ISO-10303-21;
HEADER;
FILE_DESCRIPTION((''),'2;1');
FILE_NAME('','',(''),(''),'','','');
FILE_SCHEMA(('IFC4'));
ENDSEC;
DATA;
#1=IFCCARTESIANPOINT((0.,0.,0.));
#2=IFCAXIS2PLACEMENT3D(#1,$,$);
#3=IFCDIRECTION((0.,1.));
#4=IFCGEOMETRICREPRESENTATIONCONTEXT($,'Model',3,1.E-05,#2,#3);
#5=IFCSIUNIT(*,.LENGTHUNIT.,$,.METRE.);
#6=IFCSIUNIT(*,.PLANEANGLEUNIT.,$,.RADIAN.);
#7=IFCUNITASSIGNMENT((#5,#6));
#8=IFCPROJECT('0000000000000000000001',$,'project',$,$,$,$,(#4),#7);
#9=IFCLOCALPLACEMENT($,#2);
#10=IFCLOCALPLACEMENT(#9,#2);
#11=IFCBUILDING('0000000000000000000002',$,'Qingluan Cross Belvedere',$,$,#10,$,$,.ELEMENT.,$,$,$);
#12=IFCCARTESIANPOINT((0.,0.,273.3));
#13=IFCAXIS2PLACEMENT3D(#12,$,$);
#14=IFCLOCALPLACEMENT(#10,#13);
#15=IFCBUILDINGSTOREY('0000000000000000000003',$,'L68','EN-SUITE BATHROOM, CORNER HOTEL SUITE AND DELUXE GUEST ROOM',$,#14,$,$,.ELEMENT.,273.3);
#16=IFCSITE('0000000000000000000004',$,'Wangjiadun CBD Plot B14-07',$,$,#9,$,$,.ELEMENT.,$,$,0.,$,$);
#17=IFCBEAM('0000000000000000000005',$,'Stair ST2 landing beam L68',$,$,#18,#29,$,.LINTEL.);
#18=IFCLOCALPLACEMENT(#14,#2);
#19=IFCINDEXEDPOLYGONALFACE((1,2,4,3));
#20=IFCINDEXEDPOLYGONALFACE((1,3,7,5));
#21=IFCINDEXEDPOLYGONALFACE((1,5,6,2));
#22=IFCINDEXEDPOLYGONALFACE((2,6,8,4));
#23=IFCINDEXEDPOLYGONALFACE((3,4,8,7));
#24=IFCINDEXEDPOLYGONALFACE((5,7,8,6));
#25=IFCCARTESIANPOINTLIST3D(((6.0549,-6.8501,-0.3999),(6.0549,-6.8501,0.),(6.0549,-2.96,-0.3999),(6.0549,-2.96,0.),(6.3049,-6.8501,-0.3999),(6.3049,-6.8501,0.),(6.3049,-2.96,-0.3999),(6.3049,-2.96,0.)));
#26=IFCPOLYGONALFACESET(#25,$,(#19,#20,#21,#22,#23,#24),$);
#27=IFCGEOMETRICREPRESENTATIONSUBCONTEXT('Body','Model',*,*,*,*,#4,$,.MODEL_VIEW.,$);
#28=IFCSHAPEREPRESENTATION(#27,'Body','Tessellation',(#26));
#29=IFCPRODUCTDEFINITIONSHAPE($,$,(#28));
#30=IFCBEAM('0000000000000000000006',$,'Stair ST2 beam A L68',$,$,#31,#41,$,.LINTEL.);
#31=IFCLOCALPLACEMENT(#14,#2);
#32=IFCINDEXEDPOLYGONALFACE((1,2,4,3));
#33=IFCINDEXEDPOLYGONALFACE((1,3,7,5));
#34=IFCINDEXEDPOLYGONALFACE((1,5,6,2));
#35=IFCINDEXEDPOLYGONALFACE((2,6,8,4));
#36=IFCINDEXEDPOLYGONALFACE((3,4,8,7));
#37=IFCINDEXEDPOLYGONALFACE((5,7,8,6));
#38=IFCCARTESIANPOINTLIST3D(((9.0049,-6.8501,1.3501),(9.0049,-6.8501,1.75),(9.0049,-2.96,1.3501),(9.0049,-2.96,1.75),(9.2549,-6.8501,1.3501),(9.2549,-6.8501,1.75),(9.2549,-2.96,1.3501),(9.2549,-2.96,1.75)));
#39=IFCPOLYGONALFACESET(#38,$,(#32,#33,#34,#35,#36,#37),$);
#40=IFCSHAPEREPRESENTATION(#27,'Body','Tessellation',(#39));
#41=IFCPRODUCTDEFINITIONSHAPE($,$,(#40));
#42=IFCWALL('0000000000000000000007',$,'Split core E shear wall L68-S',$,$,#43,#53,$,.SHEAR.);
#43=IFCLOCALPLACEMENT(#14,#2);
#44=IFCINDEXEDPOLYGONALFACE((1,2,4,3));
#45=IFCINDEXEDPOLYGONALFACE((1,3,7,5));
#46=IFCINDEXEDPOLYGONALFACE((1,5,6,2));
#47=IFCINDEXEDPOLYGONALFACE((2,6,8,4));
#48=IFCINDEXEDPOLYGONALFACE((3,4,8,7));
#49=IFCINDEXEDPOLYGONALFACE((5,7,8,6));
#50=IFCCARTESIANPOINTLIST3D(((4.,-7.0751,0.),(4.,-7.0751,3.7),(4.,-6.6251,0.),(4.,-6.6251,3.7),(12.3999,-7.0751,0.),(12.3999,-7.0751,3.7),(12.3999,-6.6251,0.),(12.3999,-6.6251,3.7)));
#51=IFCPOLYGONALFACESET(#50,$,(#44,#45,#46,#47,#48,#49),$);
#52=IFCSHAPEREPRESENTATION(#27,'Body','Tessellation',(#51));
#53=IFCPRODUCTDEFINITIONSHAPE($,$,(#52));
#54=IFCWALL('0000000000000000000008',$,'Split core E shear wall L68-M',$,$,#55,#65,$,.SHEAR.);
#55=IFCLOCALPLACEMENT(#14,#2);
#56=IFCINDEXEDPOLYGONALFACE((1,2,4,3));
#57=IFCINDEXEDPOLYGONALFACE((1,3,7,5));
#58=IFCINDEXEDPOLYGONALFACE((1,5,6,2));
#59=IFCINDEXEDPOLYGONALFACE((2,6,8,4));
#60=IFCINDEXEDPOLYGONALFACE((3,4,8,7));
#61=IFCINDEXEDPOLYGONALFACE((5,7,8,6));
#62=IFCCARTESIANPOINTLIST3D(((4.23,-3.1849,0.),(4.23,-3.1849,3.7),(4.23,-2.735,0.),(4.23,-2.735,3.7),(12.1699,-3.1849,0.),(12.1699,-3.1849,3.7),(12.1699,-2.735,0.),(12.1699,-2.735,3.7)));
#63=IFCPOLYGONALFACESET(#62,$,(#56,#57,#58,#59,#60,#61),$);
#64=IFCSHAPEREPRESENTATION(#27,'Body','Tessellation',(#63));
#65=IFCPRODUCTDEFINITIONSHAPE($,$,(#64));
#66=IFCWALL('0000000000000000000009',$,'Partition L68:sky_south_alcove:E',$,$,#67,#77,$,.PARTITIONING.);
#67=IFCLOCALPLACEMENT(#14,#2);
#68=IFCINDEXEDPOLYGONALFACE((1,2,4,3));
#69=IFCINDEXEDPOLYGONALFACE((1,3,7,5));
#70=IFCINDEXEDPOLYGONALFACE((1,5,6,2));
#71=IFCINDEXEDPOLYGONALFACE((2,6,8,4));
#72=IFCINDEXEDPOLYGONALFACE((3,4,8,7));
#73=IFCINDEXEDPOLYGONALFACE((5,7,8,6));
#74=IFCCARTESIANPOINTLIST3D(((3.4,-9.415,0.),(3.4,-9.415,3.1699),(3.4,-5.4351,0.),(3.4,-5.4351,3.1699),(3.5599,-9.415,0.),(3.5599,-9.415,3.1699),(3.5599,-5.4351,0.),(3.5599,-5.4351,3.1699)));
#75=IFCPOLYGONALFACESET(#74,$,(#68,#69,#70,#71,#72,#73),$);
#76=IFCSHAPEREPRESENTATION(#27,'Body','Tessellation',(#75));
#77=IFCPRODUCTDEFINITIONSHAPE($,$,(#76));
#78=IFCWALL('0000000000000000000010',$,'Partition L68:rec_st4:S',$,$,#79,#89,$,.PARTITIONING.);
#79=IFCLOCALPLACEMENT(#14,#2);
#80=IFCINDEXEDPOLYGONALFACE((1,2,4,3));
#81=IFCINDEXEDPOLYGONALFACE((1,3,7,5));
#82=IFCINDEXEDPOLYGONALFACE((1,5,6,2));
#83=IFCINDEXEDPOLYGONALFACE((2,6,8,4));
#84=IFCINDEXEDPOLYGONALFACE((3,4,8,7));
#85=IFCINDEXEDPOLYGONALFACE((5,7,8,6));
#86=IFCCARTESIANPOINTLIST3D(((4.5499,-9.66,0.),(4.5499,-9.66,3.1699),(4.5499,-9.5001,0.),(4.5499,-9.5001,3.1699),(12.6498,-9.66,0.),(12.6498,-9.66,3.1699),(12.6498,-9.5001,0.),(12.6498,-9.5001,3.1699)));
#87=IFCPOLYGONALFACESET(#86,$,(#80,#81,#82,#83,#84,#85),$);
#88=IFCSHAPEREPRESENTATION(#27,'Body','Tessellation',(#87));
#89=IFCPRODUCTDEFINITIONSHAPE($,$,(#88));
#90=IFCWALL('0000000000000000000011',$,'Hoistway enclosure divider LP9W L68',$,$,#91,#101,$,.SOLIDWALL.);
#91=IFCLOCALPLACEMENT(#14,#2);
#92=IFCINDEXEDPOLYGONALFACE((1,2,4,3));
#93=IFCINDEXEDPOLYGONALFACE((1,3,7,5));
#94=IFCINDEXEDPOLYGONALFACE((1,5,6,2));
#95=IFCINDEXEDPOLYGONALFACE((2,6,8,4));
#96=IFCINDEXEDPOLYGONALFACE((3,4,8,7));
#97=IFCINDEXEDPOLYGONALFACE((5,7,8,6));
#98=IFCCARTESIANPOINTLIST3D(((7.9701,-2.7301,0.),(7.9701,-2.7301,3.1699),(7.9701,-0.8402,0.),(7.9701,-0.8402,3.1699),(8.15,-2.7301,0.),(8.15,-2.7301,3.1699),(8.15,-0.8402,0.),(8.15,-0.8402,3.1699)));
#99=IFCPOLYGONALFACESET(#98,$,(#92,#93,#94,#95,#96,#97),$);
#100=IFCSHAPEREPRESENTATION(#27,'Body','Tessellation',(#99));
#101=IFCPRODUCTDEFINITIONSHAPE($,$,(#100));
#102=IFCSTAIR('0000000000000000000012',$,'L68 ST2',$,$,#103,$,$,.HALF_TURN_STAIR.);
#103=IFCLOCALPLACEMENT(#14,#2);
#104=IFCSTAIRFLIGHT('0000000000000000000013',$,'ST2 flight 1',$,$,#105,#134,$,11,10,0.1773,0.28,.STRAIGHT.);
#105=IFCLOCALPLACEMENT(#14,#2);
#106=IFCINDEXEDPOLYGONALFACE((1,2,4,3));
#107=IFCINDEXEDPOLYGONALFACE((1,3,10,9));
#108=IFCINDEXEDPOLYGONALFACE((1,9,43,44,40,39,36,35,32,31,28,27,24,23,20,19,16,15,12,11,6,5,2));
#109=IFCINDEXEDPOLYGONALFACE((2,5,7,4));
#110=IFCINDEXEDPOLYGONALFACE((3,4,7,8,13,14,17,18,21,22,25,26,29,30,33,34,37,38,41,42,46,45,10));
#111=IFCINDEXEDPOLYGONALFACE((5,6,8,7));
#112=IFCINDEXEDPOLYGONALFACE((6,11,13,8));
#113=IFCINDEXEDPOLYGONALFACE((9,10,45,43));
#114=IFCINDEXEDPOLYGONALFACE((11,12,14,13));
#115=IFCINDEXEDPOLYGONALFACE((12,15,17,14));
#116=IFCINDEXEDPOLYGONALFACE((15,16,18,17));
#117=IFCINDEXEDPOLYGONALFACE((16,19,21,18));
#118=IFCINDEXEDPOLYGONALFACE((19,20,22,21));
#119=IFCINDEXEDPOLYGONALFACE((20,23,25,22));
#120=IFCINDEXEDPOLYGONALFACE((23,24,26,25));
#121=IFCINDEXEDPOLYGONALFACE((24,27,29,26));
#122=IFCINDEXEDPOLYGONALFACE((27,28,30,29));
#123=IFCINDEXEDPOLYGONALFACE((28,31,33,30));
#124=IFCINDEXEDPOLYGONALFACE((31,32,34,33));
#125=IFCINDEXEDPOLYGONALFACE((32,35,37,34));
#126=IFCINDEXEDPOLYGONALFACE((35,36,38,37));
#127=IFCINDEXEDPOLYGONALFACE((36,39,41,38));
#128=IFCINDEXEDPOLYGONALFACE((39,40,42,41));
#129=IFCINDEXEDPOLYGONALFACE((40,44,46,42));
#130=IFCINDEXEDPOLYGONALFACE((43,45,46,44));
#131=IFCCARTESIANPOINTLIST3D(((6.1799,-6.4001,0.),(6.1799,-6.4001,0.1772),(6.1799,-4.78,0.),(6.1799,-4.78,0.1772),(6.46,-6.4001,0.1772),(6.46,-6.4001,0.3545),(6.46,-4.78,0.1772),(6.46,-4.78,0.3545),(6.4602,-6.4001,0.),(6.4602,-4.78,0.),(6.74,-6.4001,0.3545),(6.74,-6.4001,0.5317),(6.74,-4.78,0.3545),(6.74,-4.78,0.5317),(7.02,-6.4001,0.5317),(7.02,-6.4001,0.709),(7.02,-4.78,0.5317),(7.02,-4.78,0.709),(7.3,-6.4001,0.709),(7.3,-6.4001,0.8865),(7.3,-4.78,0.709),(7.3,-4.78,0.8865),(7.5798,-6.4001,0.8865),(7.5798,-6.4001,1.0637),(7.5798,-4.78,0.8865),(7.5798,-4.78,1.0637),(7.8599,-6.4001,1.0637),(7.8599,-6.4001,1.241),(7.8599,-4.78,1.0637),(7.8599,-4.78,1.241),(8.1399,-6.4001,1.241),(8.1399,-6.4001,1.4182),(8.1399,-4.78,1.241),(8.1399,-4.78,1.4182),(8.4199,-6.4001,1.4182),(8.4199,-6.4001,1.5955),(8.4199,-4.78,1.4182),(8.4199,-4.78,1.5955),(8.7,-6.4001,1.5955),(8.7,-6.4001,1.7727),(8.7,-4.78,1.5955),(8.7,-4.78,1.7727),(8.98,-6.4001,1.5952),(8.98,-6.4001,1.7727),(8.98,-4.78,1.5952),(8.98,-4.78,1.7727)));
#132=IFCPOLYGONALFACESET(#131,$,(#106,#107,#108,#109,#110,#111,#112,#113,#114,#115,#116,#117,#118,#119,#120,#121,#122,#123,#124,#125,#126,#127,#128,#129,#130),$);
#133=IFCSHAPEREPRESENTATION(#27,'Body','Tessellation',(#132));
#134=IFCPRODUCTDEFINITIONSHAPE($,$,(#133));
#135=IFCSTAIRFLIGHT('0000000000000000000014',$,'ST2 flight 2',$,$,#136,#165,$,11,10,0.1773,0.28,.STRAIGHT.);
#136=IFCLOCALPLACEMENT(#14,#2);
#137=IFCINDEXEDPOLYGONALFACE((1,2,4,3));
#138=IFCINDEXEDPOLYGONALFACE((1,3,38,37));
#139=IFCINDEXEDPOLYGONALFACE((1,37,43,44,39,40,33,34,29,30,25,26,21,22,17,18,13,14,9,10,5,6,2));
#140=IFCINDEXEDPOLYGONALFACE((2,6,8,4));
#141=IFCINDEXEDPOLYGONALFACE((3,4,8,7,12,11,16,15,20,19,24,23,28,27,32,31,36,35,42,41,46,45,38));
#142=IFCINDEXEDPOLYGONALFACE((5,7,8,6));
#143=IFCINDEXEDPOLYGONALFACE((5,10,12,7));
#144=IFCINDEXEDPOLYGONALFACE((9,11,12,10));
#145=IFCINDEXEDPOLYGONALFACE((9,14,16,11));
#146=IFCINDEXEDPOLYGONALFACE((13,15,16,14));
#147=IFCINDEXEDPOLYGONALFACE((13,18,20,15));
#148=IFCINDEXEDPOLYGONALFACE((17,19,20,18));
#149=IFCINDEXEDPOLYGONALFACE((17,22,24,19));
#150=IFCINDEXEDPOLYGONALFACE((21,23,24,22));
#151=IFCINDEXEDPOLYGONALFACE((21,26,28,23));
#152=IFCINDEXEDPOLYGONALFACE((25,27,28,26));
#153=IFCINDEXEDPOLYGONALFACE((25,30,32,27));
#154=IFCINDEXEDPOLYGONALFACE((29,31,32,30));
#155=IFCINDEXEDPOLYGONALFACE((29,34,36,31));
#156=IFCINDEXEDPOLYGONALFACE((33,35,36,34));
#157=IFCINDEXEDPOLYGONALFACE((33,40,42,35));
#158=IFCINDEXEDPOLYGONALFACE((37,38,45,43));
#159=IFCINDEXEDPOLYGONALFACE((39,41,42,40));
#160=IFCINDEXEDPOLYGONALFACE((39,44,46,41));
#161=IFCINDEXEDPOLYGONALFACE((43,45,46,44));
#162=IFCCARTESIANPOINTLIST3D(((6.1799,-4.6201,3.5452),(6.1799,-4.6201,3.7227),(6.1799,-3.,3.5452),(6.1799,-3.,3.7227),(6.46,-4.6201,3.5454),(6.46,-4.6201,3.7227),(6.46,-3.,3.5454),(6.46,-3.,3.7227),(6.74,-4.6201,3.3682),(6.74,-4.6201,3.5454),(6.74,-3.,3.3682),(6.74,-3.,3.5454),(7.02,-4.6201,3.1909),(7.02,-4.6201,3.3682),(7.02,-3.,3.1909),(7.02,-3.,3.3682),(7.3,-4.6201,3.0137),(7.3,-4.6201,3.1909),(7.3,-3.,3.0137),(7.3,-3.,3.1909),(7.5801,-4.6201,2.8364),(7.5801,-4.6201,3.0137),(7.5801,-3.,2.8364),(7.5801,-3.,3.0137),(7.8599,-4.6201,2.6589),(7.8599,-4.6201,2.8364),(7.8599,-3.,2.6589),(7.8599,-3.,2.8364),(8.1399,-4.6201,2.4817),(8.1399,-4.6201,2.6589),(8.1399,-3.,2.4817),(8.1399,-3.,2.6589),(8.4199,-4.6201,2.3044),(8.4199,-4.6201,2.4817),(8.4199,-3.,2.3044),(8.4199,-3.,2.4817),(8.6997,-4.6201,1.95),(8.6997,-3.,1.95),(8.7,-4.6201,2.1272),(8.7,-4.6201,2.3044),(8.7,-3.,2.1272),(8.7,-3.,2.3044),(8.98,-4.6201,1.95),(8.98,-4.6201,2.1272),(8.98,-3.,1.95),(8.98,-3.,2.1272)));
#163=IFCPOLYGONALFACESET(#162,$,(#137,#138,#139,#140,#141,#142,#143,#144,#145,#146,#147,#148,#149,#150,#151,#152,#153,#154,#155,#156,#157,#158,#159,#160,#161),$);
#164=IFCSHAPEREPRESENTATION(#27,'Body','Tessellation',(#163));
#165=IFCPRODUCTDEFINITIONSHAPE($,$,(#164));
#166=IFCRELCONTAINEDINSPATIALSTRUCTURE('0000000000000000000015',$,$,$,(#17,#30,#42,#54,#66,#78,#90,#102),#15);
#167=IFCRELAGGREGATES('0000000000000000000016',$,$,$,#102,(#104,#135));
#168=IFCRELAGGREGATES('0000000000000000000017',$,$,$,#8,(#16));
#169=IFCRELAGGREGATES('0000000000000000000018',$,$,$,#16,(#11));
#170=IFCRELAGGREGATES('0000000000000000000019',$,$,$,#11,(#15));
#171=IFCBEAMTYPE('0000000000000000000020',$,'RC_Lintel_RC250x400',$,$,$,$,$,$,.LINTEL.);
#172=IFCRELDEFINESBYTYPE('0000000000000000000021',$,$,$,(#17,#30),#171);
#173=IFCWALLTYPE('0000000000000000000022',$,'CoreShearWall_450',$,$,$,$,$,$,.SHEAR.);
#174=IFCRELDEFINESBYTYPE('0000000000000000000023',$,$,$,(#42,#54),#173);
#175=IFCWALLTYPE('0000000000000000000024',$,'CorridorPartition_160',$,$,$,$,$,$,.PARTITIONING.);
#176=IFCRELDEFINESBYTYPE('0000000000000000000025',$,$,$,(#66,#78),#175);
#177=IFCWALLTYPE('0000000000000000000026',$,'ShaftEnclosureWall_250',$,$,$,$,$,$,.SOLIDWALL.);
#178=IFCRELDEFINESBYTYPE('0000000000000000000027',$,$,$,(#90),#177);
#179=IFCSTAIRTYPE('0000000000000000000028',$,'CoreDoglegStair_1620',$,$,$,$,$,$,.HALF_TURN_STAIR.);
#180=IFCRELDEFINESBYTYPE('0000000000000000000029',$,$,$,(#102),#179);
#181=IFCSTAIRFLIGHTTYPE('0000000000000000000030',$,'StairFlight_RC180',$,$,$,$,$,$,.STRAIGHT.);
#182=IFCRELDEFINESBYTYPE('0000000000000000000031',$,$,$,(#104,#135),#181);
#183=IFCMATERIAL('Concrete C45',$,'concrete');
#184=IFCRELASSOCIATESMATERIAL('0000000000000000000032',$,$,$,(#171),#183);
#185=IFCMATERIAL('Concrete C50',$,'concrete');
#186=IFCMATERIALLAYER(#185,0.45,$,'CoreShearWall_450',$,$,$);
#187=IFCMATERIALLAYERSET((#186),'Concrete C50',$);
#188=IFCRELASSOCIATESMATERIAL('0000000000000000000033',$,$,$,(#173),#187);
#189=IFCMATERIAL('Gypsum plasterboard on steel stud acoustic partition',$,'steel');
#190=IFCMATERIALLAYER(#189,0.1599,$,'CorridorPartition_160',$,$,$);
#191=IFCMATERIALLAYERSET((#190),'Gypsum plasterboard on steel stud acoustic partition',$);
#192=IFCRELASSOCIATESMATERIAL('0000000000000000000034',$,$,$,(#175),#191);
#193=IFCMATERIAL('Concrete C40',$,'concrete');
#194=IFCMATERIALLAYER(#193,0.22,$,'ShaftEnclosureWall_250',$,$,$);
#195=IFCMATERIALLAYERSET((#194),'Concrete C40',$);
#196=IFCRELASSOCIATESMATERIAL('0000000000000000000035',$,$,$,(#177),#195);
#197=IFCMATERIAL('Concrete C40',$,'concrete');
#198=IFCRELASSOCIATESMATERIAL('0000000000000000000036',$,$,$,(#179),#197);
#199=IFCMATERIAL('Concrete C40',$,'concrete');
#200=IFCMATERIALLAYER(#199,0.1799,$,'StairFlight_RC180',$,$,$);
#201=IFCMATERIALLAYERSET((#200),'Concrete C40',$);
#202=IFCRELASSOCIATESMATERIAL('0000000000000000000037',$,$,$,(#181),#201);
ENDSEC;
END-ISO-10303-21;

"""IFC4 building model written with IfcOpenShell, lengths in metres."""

from ifc_helpers import new_model, si_unit, direction, frame, frame_2d, origin, origin_2d, place, context, subcontext, project, spatial, polyline, rectangle, outline, extrude, material, layer, layer_set, material_profile, profile_set, type_object, element, aggregate, save


model = new_model("IFC4")

# Units and contexts
model_context = context("Model", 3, precision=1e-05, world=origin(), true_north=direction((0.0, 1.0)))
body_context = subcontext(model_context, "Body", "Model", "MODEL_VIEW")
ifc_project = project(units=[si_unit("LENGTHUNIT", "METRE"), si_unit("PLANEANGLEUNIT", "RADIAN")], contexts=[model_context])

# Site, building, storey
site_placement = place(None, origin())
site = spatial("IfcSite", under=ifc_project, at=site_placement, Name="Wangjiadun CBD Plot B14-07", CompositionType="ELEMENT", RefElevation=0.0)
building_placement = place(site_placement, origin())
building = spatial("IfcBuilding", under=site, at=building_placement, Name="Qingluan Cross Belvedere", CompositionType="ELEMENT")
storey_placement = place(building_placement, frame((0.0, 0.0, 273.3)))
storey = spatial("IfcBuildingStorey", under=building, at=storey_placement, Name="L68", Description="EN-SUITE BATHROOM, CORNER HOTEL SUITE AND DELUXE GUEST ROOM", CompositionType="ELEMENT", Elevation=273.3)

# Beams
ifc_material_1 = material(Name="Concrete C45", Category="concrete")
ifc_material_profile = material_profile(ifc_material_1, rectangle(XDim=0.25, YDim=0.3999, at=origin_2d()), Name="RC250x400")
ifc_profile_set = profile_set([ifc_material_profile], Name="Concrete C45")
beam_type = type_object("IfcBeamType", Name="RC_Lintel_RC250x400", PredefinedType="LINTEL", material=ifc_profile_set)
for number, where, z_axis, x_axis, name in (
    (1, (6.1799, -6.8501, -0.2), (0.0, 1.0, 0.0), (-1.0, 0.0, 0.0), "Stair ST2 landing beam L68"),
    (2, (9.1299, -6.8501, 1.55), (0.0, 1.0, 0.0), (-1.0, 0.0, 0.0), "Stair ST2 beam A L68"),
):
    element("IfcBeam", number, at=place(storey_placement, frame(where, z_axis=z_axis, x_axis=x_axis)), inside=storey, type_object=beam_type, Name=name, PredefinedType="LINTEL", context=body_context, shape_type="SweptSolid", body=[
        extrude(rectangle(XDim=0.25, YDim=0.3999, at=origin_2d()), origin(), (0.0, 0.0, 1.0), 3.8901),
    ])

# Wall
ifc_material_2 = material(Name="Concrete C50", Category="concrete")
ifc_layer_1 = layer(ifc_material_2, 0.45, Name="CoreShearWall_450")
ifc_layer_set_1 = layer_set([ifc_layer_1], Name="Concrete C50")
wall_type_1 = type_object("IfcWallType", Name="CoreShearWall_450", PredefinedType="SHEAR", material=ifc_layer_set_1)
wall_1_placement = place(storey_placement, frame((4.0, -6.8501, 0.0), z_axis=(0.0, 0.0, 1.0), x_axis=(1.0, 0.0, 0.0)))
element("IfcWall", 3, at=wall_1_placement, inside=storey, type_object=wall_type_1, Name="Split core E shear wall L68-S", PredefinedType="SHEAR", context=body_context, shape_type="SweptSolid", body=[
    extrude(rectangle(XDim=8.3999, YDim=0.45, at=frame_2d((4.2, 0.0))), origin(), (0.0, 0.0, 1.0), 3.7),
])

# Wall
wall_2_placement = place(storey_placement, frame((4.23, -2.96, 0.0), z_axis=(0.0, 0.0, 1.0), x_axis=(1.0, 0.0, 0.0)))
element("IfcWall", 4, at=wall_2_placement, inside=storey, type_object=wall_type_1, Name="Split core E shear wall L68-M", PredefinedType="SHEAR", context=body_context, shape_type="SweptSolid", body=[
    extrude(rectangle(XDim=7.9399, YDim=0.45, at=frame_2d((3.97, 0.0))), origin(), (0.0, 0.0, 1.0), 3.7),
])

# Shared definitions
ifc_material_3 = material(Name="Gypsum plasterboard on steel stud acoustic partition", Category="steel")
ifc_layer_2 = layer(ifc_material_3, 0.1599, Name="CorridorPartition_160")
ifc_layer_set_2 = layer_set([ifc_layer_2], Name="Gypsum plasterboard on steel stud acoustic partition")
wall_type_2 = type_object("IfcWallType", Name="CorridorPartition_160", PredefinedType="PARTITIONING", material=ifc_layer_set_2)

# Walls
wall_3_placement = place(storey_placement, frame((3.48, -9.415, 0.0), z_axis=(0.0, 0.0, 1.0), x_axis=(0.0, 1.0, 0.0)))
element("IfcWall", 5, at=wall_3_placement, inside=storey, type_object=wall_type_2, Name="Partition L68:sky_south_alcove:E", PredefinedType="PARTITIONING", context=body_context, shape_type="SweptSolid", body=[
    extrude(rectangle(XDim=3.98, YDim=0.1599, at=frame_2d((1.99, 0.0))), origin(), (0.0, 0.0, 1.0), 3.1699),
])
wall_4_placement = place(storey_placement, frame((4.55, -9.5801, 0.0), z_axis=(0.0, 0.0, 1.0), x_axis=(1.0, 0.0, 0.0)))
element("IfcWall", 6, at=wall_4_placement, inside=storey, type_object=wall_type_2, Name="Partition L68:rec_st4:S", PredefinedType="PARTITIONING", context=body_context, shape_type="SweptSolid", body=[
    extrude(rectangle(XDim=8.0999, YDim=0.1599, at=frame_2d((4.0498, 0.0))), origin(), (0.0, 0.0, 1.0), 3.1699),
])

# Wall
ifc_material_4 = material(Name="Concrete C40", Category="concrete")
ifc_layer_3 = layer(ifc_material_4, 0.22, Name="ShaftEnclosureWall_250")
ifc_layer_set_3 = layer_set([ifc_layer_3], Name="Concrete C40")
wall_type_3 = type_object("IfcWallType", Name="ShaftEnclosureWall_250", PredefinedType="SOLIDWALL", material=ifc_layer_set_3)
wall_5_placement = place(storey_placement, frame((8.0601, -2.73, 0.0), z_axis=(0.0, 0.0, 1.0), x_axis=(0.0, 1.0, 0.0)))
element("IfcWall", 7, at=wall_5_placement, inside=storey, type_object=wall_type_3, Name="Hoistway enclosure divider LP9W L68", PredefinedType="SOLIDWALL", context=body_context, shape_type="SweptSolid", body=[
    extrude(rectangle(XDim=1.8899, YDim=0.1799, at=frame_2d((0.9448, 0.0))), origin(), (0.0, 0.0, 1.0), 3.1699),
])

# Stair, stair flights
ifc_material_5 = material(Name="Concrete C40", Category="concrete")
stair_type = type_object("IfcStairType", Name="CoreDoglegStair_1620", PredefinedType="HALF_TURN_STAIR", material=ifc_material_5)
stair_placement = place(storey_placement, origin())
stair = element("IfcStair", 8, at=stair_placement, inside=storey, type_object=stair_type, Name="L68 ST2", PredefinedType="HALF_TURN_STAIR")
ifc_material_6 = material(Name="Concrete C40", Category="concrete")
ifc_layer_4 = layer(ifc_material_6, 0.1799, Name="StairFlight_RC180")
ifc_layer_set_4 = layer_set([ifc_layer_4], Name="Concrete C40")
stair_flight_type = type_object("IfcStairFlightType", Name="StairFlight_RC180", PredefinedType="STRAIGHT", material=ifc_layer_set_4)
stair_flight_1_placement = place(storey_placement, frame((6.1799, -5.5901, 0.0), z_axis=(0.0, 0.0, 1.0), x_axis=(1.0, 0.0, 0.0)))
stair_flight_1 = element("IfcStairFlight", 9, at=stair_flight_1_placement, type_object=stair_flight_type, Name="ST2 flight 1", NumberOfRisers=11, NumberOfTreads=10, PredefinedType="STRAIGHT", RiserHeight=0.1773, TreadLength=0.28, context=body_context, shape_type="SweptSolid", body=[
    extrude(outline(polyline([(0.0, 0.0), (0.0, 0.1772), (0.28, 0.1772), (0.28, 0.3545), (0.5601, 0.3545), (0.5601, 0.5317), (0.8401, 0.5317), (0.8401, 0.709), (1.1201, 0.709), (1.1201, 0.8865), (1.3999, 0.8865), (1.3999, 1.0637), (1.6799, 1.0637), (1.6799, 1.241), (1.96, 1.241), (1.96, 1.4182), (2.24, 1.4182), (2.24, 1.5955), (2.52, 1.5955), (2.52, 1.7727), (2.8, 1.7727), (2.8, 1.95), (2.8, 1.5952), (0.2803, 0.0), (0.0, 0.0)])), frame((0.0, 0.8101, 0.0), z_axis=(0.0, -1.0, 0.0), x_axis=(1.0, 0.0, 0.0)), (0.0, 0.0, 1.0), 1.6201),
])
stair_flight_2_placement = place(storey_placement, frame((8.98, -3.8101, 1.95), z_axis=(0.0, 0.0, 1.0), x_axis=(-1.0, 0.0, 0.0)))
stair_flight_2 = element("IfcStairFlight", 10, at=stair_flight_2_placement, type_object=stair_flight_type, Name="ST2 flight 2", NumberOfRisers=11, NumberOfTreads=10, PredefinedType="STRAIGHT", RiserHeight=0.1773, TreadLength=0.28, context=body_context, shape_type="SweptSolid", body=[
    extrude(outline(polyline([(0.0, 0.0), (0.0, 0.1772), (0.28, 0.1772), (0.28, 0.3545), (0.5601, 0.3545), (0.5601, 0.5317), (0.8401, 0.5317), (0.8401, 0.709), (1.1201, 0.709), (1.1201, 0.8865), (1.3999, 0.8865), (1.3999, 1.0637), (1.6799, 1.0637), (1.6799, 1.241), (1.96, 1.241), (1.96, 1.4182), (2.24, 1.4182), (2.24, 1.5955), (2.52, 1.5955), (2.52, 1.7727), (2.8, 1.7727), (2.8, 1.95), (2.8, 1.5952), (0.2803, 0.0), (0.0, 0.0)])), frame((0.0, 0.8101, 0.0), z_axis=(0.0, -1.0, 0.0), x_axis=(1.0, 0.0, 0.0)), (0.0, 0.0, 1.0), 1.6201),
])
aggregate(stair, [stair_flight_1, stair_flight_2])

save(model, "model.ifc")
